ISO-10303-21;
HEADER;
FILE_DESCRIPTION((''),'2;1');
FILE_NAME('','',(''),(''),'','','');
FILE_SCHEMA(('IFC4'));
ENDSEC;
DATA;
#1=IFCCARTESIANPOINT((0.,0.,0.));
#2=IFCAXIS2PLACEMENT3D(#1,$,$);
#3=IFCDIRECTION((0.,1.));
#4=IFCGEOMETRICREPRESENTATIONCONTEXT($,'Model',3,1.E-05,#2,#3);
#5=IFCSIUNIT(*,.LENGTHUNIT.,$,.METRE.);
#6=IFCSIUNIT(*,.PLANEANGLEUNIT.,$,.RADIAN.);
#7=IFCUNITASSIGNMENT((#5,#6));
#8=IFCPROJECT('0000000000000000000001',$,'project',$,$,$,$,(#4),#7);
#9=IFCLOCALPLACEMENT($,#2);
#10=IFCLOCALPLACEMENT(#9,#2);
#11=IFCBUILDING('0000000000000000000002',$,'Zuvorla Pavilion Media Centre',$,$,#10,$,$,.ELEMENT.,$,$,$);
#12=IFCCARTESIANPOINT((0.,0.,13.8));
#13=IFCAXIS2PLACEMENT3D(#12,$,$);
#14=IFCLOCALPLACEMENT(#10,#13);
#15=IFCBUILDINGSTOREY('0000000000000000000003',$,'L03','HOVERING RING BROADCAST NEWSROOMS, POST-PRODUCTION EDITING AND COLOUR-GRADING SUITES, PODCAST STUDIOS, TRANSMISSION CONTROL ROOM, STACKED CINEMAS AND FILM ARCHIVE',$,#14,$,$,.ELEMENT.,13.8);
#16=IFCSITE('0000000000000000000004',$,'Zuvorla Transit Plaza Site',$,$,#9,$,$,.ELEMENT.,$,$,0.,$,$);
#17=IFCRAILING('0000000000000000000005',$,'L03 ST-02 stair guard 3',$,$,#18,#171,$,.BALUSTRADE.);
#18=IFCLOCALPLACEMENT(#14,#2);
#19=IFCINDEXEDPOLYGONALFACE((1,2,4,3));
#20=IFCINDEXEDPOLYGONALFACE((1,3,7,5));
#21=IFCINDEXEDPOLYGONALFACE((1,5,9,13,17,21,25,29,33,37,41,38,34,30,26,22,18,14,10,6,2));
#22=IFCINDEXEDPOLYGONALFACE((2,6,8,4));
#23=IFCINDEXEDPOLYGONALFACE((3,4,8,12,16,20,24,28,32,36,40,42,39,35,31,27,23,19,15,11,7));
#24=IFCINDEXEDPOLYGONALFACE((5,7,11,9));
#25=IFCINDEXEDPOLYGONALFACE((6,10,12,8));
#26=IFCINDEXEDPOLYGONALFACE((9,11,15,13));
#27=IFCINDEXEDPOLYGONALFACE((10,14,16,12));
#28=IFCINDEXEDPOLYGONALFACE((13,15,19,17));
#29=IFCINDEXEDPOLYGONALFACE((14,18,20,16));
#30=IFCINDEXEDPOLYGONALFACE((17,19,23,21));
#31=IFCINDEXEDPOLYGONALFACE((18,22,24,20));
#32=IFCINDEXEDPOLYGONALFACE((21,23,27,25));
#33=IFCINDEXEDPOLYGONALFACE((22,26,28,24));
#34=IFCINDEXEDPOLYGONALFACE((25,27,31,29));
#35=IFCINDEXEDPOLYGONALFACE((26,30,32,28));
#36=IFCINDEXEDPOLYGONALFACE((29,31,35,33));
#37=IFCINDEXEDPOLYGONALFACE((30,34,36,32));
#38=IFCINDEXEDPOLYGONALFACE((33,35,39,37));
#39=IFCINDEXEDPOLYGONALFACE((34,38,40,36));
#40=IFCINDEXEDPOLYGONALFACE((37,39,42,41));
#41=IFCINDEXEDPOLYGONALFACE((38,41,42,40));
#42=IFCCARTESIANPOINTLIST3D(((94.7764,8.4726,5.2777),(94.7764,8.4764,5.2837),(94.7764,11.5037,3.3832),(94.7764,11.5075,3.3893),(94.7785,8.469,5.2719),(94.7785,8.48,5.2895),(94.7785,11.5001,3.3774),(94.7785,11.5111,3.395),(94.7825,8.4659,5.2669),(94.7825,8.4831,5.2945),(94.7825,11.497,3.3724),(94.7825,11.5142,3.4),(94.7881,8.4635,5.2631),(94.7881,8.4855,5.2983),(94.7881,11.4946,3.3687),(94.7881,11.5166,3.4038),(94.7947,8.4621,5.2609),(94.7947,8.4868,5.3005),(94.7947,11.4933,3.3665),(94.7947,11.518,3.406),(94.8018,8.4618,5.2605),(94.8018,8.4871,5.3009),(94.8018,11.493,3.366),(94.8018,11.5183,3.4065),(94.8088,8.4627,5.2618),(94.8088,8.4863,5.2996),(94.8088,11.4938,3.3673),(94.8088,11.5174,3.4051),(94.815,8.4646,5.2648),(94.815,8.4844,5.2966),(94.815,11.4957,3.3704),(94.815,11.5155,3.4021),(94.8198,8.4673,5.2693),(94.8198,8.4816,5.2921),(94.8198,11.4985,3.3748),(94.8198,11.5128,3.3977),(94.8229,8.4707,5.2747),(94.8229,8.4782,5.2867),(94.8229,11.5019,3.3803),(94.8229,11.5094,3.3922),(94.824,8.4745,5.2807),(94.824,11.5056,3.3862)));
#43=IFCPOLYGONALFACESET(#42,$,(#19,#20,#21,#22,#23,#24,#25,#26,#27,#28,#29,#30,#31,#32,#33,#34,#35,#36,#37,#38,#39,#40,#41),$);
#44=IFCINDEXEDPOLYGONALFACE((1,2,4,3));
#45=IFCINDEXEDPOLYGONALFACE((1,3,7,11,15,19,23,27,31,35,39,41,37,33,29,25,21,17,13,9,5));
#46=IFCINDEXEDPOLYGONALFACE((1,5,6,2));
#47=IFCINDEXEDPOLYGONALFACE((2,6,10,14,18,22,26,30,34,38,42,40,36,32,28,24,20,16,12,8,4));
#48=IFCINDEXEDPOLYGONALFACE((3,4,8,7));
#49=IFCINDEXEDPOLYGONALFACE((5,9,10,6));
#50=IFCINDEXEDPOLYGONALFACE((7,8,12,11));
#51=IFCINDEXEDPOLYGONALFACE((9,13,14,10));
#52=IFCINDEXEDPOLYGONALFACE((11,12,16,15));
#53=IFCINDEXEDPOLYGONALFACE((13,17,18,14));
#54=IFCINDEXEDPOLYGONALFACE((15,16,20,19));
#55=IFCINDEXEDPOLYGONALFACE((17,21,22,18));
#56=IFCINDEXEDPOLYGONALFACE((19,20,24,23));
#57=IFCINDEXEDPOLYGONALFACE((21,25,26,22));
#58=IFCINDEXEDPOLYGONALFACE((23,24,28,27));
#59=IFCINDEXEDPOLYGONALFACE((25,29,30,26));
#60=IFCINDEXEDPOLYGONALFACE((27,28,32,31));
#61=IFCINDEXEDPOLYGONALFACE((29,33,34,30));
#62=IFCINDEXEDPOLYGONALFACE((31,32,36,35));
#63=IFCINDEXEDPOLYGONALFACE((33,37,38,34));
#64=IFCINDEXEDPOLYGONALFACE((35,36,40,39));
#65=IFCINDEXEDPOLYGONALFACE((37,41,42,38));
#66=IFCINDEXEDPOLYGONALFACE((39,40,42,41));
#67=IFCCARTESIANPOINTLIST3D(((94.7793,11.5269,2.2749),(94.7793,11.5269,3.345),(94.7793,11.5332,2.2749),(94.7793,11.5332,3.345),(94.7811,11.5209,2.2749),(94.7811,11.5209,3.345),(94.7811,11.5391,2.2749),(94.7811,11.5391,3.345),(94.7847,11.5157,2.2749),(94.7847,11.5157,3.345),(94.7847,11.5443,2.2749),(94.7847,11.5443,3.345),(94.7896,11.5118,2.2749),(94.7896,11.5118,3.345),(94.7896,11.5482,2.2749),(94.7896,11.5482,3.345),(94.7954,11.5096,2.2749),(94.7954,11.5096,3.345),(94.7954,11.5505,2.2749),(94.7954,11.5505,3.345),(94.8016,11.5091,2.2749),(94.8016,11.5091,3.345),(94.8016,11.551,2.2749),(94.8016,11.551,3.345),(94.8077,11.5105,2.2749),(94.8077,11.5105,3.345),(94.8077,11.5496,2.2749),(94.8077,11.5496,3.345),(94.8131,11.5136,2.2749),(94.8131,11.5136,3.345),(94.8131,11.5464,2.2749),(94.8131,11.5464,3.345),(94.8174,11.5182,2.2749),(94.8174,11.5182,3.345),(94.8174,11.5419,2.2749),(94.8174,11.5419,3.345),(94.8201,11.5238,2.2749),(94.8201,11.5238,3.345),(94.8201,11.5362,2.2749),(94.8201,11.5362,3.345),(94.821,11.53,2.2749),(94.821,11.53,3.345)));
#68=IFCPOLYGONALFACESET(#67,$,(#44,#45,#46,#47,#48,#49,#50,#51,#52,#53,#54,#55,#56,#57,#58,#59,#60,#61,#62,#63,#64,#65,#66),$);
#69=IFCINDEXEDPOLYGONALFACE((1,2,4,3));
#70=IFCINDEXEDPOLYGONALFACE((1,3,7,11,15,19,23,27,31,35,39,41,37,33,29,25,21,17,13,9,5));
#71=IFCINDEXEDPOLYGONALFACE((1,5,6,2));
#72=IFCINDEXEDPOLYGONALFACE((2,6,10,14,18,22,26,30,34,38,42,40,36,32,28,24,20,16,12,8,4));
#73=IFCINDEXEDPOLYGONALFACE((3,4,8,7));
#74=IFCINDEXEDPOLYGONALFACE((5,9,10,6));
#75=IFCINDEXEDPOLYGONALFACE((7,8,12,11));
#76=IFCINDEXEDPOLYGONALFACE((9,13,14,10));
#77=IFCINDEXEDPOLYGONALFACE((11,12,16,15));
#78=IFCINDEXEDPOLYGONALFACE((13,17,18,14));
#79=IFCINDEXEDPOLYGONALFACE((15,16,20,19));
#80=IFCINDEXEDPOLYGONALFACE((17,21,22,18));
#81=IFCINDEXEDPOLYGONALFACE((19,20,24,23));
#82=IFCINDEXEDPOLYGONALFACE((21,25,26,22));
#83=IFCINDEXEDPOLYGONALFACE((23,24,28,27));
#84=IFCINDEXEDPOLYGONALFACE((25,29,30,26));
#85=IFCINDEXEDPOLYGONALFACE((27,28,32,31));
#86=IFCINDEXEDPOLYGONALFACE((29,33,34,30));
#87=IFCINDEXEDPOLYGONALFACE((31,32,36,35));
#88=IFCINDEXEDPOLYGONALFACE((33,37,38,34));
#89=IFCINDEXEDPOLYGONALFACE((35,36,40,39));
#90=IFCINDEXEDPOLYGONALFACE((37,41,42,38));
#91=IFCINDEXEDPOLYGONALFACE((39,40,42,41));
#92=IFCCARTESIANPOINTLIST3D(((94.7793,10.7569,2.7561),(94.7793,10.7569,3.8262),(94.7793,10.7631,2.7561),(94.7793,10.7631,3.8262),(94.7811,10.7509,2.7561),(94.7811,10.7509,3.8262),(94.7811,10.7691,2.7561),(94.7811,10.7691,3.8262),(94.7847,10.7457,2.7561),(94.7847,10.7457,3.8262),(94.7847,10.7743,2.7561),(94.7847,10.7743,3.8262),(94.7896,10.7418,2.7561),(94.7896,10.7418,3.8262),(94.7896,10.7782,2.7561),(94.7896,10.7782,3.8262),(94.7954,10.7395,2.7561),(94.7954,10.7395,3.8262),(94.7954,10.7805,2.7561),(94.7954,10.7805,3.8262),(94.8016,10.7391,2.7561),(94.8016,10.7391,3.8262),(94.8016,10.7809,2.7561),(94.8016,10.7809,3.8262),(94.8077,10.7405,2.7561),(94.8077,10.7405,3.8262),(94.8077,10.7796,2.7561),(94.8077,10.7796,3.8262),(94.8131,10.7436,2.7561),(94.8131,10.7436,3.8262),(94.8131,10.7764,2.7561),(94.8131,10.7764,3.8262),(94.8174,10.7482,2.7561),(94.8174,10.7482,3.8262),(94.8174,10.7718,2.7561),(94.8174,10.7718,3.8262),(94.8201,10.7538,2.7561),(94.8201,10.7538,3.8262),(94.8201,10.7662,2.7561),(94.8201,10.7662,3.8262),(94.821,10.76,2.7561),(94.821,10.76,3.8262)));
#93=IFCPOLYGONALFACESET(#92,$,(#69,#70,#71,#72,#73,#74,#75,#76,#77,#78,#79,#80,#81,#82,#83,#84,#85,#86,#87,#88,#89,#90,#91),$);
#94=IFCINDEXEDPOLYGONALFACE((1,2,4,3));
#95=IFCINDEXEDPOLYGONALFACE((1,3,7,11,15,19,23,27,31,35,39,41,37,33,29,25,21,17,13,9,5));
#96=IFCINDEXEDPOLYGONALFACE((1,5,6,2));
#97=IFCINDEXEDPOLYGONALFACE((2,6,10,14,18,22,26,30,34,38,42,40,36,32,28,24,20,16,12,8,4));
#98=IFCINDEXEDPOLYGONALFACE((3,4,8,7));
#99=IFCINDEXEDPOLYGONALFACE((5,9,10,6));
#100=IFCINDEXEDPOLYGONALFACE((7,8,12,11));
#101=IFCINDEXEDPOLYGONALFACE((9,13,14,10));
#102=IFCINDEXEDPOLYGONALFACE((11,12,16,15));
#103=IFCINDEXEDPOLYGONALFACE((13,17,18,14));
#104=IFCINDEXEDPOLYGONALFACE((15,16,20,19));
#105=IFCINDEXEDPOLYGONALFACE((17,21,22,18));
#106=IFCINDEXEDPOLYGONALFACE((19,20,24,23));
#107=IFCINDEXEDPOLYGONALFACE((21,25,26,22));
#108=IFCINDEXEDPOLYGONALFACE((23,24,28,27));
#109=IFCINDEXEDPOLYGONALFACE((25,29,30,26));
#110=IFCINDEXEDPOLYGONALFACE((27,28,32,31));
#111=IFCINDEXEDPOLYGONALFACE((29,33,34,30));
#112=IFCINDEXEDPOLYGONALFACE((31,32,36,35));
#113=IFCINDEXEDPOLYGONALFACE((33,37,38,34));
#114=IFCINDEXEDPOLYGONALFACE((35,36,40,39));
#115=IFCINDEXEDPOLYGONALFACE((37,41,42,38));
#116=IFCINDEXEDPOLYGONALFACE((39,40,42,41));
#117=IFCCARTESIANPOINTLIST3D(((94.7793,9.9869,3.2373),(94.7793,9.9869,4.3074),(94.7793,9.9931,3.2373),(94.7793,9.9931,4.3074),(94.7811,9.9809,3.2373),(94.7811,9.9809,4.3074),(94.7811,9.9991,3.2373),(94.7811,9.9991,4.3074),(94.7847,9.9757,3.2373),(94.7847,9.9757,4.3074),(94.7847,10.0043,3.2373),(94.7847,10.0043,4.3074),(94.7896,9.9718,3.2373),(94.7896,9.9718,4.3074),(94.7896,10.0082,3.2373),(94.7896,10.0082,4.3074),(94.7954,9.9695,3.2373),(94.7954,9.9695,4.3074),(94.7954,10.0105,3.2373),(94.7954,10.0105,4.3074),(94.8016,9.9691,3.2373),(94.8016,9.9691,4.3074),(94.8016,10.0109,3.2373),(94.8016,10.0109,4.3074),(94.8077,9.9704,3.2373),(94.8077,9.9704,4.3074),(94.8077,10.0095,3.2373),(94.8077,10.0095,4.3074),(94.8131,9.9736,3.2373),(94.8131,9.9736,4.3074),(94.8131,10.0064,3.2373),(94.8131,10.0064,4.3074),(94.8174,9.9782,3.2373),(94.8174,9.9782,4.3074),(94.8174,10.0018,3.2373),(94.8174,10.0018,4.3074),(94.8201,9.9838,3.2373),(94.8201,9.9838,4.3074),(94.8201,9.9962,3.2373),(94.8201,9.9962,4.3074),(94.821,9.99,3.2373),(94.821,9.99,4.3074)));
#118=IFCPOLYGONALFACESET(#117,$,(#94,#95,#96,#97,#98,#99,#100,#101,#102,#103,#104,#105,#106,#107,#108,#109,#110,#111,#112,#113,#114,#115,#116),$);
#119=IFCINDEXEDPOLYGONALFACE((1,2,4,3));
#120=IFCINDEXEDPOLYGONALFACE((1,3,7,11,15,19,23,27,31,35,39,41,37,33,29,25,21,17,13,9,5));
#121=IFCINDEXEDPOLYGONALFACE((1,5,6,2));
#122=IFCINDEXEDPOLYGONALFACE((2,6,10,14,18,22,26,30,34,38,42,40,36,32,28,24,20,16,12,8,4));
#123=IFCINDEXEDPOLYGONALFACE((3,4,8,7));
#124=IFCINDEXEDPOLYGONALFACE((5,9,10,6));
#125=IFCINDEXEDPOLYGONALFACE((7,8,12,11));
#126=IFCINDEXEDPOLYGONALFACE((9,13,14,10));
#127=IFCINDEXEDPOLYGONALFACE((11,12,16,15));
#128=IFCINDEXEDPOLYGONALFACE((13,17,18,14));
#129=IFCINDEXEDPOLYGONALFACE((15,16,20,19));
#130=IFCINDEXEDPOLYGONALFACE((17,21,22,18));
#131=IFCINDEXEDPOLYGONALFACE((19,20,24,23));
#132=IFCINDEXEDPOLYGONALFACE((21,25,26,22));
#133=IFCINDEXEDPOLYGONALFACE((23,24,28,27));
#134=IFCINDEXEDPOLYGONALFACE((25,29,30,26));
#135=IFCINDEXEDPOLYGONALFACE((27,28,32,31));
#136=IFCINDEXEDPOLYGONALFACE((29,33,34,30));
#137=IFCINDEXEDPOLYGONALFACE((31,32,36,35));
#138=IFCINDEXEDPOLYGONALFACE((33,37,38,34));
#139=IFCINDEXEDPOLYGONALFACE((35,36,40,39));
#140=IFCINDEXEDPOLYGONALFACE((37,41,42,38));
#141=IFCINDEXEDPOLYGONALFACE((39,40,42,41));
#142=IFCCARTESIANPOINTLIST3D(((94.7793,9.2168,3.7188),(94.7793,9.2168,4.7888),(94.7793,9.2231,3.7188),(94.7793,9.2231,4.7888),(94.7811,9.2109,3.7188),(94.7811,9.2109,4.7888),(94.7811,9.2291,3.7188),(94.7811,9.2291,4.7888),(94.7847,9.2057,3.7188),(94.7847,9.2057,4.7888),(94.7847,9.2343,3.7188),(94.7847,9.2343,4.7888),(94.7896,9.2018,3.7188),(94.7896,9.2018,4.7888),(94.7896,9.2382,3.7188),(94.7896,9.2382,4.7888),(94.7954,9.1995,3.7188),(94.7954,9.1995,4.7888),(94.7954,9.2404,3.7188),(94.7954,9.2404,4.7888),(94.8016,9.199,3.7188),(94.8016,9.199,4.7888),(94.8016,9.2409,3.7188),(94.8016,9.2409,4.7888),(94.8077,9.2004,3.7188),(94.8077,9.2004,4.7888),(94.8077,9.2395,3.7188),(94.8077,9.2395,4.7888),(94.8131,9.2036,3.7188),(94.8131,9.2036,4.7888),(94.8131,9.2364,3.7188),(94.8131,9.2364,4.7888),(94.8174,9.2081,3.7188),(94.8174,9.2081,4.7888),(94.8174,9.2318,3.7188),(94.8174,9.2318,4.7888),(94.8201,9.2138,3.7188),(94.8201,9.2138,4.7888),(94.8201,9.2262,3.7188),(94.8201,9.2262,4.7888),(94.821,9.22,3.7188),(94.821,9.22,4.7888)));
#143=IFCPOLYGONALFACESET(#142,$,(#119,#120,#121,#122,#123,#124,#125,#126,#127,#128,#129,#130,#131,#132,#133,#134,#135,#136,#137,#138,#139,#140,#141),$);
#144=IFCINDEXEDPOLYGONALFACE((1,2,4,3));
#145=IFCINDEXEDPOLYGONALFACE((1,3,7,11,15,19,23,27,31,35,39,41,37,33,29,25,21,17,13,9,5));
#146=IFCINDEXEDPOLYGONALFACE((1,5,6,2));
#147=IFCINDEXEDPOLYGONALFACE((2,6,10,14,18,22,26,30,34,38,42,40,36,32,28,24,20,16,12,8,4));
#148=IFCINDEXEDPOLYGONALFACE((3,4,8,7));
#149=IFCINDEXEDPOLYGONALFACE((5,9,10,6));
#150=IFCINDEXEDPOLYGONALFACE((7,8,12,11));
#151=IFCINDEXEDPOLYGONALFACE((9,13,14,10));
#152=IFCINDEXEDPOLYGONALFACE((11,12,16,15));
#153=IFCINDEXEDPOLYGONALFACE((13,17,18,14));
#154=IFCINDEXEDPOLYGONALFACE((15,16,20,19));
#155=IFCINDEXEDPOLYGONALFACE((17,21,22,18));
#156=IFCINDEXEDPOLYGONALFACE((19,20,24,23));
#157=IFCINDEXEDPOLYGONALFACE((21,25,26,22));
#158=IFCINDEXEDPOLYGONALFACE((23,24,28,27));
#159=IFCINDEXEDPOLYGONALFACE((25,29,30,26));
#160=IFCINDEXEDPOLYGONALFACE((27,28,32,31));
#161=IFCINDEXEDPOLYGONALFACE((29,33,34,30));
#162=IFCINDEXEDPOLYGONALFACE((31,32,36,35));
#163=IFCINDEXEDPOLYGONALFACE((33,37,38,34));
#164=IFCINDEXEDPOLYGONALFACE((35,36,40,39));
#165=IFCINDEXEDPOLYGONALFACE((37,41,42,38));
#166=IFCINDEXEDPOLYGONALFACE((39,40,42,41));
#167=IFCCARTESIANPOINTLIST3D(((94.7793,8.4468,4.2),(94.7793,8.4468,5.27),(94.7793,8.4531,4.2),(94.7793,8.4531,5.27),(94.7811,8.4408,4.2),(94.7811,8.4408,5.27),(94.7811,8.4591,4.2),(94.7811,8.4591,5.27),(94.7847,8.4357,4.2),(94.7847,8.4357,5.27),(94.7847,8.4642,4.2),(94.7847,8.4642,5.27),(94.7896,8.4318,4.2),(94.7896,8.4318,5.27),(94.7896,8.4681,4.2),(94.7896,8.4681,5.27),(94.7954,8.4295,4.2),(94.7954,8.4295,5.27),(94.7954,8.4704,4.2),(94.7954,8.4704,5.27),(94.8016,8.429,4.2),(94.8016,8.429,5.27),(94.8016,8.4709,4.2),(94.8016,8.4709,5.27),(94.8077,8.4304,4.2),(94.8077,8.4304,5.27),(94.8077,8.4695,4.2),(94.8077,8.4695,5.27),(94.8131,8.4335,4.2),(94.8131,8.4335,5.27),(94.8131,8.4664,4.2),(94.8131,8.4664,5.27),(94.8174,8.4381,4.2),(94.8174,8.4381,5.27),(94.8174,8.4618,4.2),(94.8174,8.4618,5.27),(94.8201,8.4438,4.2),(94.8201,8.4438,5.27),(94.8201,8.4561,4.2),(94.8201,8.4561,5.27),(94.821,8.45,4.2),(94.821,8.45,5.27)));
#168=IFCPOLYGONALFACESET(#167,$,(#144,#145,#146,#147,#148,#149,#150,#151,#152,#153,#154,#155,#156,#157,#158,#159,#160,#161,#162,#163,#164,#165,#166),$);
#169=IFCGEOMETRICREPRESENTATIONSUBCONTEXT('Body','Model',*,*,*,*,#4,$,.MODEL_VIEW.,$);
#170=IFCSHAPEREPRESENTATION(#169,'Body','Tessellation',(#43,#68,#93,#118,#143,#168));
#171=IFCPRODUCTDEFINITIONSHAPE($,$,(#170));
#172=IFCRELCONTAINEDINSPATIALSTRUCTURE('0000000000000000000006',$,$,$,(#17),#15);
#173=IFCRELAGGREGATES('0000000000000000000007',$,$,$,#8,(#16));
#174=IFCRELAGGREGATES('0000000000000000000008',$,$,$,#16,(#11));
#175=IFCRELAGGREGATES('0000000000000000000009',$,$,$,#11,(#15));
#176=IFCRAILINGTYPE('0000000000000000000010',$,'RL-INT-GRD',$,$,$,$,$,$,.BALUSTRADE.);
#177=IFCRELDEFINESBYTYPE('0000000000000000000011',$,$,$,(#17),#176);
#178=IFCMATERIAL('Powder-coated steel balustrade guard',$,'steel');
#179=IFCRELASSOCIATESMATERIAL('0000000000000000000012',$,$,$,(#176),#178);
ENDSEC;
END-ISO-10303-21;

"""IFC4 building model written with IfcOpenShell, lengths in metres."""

from ifc_helpers import new_model, si_unit, direction, frame, origin, origin_2d, place, context, subcontext, project, spatial, circle, extrude, material, type_object, element, save


model = new_model("IFC4")

# Units and contexts
model_context = context("Model", 3, precision=1e-05, world=origin(), true_north=direction((0.0, 1.0)))
body_context = subcontext(model_context, "Body", "Model", "MODEL_VIEW")
ifc_project = project(units=[si_unit("LENGTHUNIT", "METRE"), si_unit("PLANEANGLEUNIT", "RADIAN")], contexts=[model_context])

# Site, building, storey
site_placement = place(None, origin())
site = spatial("IfcSite", under=ifc_project, at=site_placement, Name="Zuvorla Transit Plaza Site", CompositionType="ELEMENT", RefElevation=0.0)
building_placement = place(site_placement, origin())
building = spatial("IfcBuilding", under=site, at=building_placement, Name="Zuvorla Pavilion Media Centre", CompositionType="ELEMENT")
storey_placement = place(building_placement, frame((0.0, 0.0, 13.8)))
storey = spatial("IfcBuildingStorey", under=building, at=storey_placement, Name="L03", Description="HOVERING RING BROADCAST NEWSROOMS, POST-PRODUCTION EDITING AND COLOUR-GRADING SUITES, PODCAST STUDIOS, TRANSMISSION CONTROL ROOM, STACKED CINEMAS AND FILM ARCHIVE", CompositionType="ELEMENT", Elevation=13.8)

# Railing
ifc_material_1 = material(Name="Powder-coated steel balustrade guard", Category="steel")
railing_type = type_object("IfcRailingType", Name="RL-INT-GRD", PredefinedType="BALUSTRADE", material=ifc_material_1)
railing_1_placement = place(storey_placement, frame((94.8, 11.53, 2.2749)))
element("IfcRailing", 1, at=railing_1_placement, inside=storey, type_object=railing_type, Name="L03 ST-02 stair guard 3", PredefinedType="BALUSTRADE", context=body_context, shape_type="SweptSolid", body=[
    extrude(circle(Radius=0.0239, at=origin_2d()), frame((0.0, -0.0244, 1.1113), z_axis=(0.0, -0.847998, 0.529999), x_axis=(1.0, 0.0, 0.0)), (0.0, 0.0, 1.0), 3.5745),
    extrude(circle(Radius=0.021, at=origin_2d()), origin(), (0.0, 0.0, 1.0), 1.0701),
    extrude(circle(Radius=0.021, at=origin_2d()), frame((0.0, -0.77, 0.4812)), (0.0, 0.0, 1.0), 1.0701),
    extrude(circle(Radius=0.021, at=origin_2d()), frame((0.0, -1.54, 0.9624)), (0.0, 0.0, 1.0), 1.0701),
    extrude(circle(Radius=0.021, at=origin_2d()), frame((0.0, -2.3101, 1.4438)), (0.0, 0.0, 1.0), 1.0701),
    extrude(circle(Radius=0.021, at=origin_2d()), frame((0.0, -3.0801, 1.925)), (0.0, 0.0, 1.0), 1.0701),
])

save(model, "model.ifc")
